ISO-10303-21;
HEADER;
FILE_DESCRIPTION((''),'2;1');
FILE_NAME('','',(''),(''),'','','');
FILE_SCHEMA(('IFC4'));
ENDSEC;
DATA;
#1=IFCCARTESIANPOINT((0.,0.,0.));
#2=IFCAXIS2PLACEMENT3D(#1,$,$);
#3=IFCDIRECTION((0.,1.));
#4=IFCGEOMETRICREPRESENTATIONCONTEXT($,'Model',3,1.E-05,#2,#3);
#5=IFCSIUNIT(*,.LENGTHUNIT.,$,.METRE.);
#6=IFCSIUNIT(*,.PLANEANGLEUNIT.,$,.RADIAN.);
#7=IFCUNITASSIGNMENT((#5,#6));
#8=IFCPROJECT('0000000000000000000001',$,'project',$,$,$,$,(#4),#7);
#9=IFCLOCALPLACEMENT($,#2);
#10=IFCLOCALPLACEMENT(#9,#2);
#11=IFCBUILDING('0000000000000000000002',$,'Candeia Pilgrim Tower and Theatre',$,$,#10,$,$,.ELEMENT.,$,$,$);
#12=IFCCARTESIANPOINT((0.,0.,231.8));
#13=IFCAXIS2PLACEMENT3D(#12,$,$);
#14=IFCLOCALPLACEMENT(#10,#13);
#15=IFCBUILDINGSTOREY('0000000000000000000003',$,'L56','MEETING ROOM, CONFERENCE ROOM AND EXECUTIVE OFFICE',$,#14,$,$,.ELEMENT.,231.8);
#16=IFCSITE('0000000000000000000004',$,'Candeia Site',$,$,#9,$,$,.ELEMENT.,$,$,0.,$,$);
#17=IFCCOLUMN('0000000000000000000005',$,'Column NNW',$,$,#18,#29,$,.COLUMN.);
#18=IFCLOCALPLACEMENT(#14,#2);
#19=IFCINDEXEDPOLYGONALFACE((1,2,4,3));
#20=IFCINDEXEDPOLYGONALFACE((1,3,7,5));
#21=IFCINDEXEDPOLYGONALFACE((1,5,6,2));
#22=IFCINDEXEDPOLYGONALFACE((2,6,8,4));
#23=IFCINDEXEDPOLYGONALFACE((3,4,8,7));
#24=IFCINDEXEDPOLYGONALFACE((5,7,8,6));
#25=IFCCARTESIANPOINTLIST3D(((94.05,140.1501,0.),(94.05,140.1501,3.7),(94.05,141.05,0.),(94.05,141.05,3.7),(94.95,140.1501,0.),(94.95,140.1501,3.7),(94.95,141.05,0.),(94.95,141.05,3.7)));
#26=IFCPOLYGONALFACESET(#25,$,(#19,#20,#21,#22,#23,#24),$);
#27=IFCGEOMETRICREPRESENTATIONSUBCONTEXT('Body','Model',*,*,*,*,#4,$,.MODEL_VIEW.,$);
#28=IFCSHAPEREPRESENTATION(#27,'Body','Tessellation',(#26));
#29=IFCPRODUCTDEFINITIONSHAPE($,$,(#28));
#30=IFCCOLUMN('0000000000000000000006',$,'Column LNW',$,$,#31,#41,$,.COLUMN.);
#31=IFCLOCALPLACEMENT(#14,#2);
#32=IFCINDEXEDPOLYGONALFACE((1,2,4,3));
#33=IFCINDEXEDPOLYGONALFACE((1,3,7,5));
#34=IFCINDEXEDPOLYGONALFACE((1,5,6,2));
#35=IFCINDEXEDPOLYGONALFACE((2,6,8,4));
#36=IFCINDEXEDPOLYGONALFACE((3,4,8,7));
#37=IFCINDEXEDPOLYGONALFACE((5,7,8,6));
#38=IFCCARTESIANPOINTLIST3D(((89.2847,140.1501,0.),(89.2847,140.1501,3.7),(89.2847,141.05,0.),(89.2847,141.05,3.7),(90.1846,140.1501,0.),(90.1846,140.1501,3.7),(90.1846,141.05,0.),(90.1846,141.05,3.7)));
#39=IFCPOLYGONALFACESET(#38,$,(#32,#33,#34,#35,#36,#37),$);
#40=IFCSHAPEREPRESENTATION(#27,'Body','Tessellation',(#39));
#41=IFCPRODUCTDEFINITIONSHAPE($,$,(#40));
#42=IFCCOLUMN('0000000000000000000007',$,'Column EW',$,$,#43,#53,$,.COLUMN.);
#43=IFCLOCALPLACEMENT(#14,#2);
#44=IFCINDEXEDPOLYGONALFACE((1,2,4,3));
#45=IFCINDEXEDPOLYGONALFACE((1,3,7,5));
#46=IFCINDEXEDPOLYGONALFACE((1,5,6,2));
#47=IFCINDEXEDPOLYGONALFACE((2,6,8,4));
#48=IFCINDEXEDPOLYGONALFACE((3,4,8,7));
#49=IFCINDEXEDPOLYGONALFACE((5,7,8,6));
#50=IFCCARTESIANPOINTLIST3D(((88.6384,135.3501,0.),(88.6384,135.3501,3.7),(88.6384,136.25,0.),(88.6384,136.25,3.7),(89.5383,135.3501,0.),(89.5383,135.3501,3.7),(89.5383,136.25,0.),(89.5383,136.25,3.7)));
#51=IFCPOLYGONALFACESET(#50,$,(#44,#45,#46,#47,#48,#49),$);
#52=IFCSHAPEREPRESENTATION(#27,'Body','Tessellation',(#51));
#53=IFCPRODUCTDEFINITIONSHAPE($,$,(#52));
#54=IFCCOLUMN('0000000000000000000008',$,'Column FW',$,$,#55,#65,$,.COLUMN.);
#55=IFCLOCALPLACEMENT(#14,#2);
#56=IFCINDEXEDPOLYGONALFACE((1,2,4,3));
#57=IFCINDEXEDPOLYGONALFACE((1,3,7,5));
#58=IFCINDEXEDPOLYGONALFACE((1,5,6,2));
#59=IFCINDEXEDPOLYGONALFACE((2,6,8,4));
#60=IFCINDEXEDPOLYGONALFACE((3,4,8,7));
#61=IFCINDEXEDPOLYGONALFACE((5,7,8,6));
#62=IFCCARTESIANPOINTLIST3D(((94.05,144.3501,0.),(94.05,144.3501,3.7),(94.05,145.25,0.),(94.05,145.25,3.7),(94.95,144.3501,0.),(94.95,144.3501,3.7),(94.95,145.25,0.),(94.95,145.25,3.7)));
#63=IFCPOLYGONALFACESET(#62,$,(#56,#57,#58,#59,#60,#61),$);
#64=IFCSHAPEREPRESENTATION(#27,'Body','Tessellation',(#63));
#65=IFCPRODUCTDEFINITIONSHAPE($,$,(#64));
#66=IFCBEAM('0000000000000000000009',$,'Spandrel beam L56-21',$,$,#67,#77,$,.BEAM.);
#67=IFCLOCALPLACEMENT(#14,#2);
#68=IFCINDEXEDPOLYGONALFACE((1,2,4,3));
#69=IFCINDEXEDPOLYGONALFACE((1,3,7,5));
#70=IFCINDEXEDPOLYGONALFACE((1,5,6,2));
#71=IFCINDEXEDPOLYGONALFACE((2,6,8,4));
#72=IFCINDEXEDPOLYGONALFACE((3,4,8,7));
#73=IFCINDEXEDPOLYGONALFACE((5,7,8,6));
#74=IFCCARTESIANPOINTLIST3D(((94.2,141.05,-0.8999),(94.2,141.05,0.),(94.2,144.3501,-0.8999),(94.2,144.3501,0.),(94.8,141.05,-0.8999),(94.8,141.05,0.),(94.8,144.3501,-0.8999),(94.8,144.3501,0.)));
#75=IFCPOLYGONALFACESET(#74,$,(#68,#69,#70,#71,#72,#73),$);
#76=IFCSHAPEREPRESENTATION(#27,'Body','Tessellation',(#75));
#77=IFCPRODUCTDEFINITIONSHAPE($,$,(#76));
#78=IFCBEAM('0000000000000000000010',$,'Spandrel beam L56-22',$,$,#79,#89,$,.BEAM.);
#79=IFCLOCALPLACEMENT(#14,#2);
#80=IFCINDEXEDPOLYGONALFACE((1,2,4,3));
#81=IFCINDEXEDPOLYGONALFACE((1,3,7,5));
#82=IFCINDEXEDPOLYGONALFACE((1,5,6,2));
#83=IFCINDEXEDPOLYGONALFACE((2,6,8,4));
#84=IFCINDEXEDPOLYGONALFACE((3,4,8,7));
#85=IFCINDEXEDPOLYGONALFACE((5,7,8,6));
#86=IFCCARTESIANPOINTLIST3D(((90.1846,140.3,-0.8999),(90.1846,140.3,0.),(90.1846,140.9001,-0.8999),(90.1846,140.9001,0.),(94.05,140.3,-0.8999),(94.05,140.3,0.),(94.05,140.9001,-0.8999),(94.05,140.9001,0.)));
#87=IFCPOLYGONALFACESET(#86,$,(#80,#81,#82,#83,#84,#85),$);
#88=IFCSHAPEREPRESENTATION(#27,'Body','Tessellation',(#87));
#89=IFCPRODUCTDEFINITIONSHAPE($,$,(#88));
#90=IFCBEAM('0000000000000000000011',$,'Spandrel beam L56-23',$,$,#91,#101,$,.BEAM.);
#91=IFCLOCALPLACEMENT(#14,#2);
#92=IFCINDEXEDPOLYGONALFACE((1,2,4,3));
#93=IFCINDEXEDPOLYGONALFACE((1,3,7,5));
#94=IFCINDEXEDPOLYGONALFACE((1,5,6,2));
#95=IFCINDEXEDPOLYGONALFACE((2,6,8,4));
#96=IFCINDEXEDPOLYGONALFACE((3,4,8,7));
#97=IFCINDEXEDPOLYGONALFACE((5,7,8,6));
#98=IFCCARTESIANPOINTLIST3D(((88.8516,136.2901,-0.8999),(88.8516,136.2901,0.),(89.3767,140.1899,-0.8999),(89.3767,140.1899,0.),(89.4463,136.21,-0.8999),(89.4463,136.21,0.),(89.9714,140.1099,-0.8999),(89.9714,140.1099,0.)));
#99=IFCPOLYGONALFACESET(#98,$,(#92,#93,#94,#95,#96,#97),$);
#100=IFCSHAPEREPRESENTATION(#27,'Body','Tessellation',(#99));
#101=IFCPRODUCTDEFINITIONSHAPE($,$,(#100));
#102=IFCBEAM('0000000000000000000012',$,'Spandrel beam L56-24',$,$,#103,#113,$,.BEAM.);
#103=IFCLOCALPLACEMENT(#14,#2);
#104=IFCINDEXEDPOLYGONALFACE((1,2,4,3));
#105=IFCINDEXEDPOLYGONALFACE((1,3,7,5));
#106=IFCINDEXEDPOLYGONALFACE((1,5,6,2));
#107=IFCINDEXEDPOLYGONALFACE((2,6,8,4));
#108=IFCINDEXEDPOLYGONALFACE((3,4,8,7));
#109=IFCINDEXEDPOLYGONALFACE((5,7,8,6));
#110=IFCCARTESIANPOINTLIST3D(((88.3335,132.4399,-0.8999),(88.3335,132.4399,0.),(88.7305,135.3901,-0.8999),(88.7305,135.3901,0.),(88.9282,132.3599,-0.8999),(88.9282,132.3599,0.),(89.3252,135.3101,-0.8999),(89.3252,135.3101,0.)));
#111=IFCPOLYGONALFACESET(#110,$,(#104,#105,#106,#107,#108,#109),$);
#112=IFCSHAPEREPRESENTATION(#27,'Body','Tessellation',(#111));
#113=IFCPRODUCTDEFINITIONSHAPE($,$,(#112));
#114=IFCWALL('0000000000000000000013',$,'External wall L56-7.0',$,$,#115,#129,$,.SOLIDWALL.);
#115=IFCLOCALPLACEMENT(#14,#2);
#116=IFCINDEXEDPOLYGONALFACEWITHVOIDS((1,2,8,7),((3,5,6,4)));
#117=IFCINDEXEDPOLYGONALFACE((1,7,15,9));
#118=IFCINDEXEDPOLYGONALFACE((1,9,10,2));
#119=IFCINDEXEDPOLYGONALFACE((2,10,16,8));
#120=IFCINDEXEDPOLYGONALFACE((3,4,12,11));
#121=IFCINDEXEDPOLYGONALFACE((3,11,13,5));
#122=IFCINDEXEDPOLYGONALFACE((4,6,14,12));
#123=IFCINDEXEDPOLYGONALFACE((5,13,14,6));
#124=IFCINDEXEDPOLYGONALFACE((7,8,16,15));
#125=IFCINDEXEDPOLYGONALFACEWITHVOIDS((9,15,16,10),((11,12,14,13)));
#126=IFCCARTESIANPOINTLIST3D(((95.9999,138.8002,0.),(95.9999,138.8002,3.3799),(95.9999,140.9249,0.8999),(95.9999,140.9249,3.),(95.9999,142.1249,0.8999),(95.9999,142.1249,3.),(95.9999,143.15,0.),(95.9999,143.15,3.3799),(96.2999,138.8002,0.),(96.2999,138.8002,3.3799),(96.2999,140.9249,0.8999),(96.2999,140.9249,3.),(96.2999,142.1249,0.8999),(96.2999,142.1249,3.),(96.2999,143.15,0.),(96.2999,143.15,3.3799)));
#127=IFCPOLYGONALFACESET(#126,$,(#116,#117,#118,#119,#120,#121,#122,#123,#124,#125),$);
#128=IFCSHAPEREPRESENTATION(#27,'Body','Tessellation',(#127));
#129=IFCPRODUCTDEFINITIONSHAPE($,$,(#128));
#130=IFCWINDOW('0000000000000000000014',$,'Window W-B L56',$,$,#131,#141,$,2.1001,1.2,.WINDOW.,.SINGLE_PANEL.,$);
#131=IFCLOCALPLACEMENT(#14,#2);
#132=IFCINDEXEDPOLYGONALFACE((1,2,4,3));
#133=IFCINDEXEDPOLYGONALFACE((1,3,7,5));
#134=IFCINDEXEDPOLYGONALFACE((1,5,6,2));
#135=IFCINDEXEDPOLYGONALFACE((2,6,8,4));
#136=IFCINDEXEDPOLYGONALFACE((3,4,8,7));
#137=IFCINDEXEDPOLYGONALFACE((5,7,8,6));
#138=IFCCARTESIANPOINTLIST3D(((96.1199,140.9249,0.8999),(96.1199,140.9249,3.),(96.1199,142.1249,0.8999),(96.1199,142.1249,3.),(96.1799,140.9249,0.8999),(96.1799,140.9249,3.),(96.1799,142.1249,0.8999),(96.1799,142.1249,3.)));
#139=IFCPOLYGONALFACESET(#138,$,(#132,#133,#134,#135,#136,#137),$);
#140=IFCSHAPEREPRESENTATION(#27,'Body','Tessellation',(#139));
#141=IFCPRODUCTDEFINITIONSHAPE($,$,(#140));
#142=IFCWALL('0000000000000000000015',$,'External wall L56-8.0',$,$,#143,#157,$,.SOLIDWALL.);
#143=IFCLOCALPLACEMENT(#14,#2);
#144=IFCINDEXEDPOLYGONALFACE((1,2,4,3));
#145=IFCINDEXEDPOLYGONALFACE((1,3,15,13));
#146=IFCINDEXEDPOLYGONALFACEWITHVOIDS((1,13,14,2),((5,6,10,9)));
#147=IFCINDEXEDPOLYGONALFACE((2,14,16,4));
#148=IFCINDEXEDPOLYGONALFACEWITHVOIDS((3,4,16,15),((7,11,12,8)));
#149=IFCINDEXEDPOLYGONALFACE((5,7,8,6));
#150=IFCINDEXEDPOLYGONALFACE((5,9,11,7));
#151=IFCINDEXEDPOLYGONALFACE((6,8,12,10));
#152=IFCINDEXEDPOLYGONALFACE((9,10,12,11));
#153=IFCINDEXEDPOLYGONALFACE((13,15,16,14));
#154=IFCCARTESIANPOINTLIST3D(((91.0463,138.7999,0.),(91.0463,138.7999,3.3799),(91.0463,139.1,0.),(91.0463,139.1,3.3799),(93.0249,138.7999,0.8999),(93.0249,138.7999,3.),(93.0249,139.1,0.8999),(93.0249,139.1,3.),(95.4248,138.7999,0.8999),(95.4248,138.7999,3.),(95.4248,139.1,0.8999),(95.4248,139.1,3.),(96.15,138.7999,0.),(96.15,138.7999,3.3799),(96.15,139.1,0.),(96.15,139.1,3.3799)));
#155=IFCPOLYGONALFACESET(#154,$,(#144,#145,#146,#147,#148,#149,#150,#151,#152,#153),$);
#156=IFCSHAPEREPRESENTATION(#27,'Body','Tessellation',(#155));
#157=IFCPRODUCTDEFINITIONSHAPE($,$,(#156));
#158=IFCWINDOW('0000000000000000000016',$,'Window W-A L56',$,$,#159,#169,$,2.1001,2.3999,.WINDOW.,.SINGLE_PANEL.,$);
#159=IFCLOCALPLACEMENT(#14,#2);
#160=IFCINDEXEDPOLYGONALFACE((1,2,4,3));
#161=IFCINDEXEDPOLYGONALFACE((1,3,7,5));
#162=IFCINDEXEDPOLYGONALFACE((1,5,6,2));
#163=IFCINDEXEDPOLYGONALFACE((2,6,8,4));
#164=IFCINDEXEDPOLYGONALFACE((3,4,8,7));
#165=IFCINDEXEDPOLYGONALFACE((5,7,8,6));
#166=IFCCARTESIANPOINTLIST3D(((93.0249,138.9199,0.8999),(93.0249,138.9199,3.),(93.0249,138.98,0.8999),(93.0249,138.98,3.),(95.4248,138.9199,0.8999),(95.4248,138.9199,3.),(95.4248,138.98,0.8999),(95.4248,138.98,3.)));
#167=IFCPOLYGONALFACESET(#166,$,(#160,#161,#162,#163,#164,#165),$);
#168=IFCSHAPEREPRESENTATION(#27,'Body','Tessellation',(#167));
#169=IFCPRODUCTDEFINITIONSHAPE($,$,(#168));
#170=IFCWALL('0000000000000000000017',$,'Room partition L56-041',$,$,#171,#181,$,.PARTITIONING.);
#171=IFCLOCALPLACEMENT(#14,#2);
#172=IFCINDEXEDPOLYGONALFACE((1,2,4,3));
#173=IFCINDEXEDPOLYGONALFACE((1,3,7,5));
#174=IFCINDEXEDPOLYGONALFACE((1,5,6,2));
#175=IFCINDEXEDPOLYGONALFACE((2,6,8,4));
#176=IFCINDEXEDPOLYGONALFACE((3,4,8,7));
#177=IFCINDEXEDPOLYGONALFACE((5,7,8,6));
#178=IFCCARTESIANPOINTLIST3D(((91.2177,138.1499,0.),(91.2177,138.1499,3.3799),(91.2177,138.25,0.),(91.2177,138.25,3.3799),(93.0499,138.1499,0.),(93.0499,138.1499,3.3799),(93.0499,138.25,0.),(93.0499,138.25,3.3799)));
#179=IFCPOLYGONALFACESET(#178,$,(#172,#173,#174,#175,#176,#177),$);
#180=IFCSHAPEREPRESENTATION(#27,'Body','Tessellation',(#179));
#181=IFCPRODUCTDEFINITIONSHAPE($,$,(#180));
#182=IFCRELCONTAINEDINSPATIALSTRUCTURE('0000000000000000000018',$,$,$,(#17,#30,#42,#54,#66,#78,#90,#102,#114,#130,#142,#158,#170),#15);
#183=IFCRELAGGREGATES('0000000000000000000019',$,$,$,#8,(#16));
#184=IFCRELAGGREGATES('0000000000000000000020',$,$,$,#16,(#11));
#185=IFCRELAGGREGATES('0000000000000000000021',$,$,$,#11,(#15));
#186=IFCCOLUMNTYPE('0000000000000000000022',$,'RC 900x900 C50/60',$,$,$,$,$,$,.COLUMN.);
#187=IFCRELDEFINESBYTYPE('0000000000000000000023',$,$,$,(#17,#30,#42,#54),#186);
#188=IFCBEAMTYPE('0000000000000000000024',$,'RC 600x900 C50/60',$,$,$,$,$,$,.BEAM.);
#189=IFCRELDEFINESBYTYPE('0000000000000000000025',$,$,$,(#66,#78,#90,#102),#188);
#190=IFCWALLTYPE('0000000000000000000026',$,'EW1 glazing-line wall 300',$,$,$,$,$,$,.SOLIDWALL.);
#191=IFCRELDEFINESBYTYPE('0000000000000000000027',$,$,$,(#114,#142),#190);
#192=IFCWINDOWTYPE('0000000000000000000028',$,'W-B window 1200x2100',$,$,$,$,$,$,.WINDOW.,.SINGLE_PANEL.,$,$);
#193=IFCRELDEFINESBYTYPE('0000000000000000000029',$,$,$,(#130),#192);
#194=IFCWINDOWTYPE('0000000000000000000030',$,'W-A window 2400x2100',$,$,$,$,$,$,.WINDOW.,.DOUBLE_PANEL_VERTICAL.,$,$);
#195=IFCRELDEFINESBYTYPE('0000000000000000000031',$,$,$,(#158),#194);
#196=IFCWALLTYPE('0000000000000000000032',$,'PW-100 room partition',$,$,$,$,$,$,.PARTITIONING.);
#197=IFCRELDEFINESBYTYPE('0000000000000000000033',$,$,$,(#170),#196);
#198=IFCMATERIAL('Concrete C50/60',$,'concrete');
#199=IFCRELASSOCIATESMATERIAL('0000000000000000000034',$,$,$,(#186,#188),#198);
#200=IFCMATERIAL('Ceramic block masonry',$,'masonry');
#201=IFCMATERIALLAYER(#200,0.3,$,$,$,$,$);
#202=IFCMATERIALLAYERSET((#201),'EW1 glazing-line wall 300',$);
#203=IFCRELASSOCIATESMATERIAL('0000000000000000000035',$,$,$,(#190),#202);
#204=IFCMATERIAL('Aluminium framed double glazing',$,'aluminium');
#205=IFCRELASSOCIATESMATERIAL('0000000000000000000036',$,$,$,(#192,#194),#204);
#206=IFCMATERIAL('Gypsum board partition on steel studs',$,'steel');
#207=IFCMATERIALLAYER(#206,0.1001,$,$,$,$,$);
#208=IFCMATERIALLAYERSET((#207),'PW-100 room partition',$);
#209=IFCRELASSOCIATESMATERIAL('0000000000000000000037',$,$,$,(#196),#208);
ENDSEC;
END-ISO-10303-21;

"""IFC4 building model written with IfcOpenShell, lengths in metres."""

from ifc_helpers import new_model, si_unit, direction, frame, frame_2d, origin, origin_2d, place, context, subcontext, project, spatial, rectangle, extrude, material, layer, layer_set, material_profile, profile_set, type_object, element, fill, save


model = new_model("IFC4")

# Units and contexts
model_context = context("Model", 3, precision=1e-05, world=origin(), true_north=direction((0.0, 1.0)))
body_context = subcontext(model_context, "Body", "Model", "MODEL_VIEW")
ifc_project = project(units=[si_unit("LENGTHUNIT", "METRE"), si_unit("PLANEANGLEUNIT", "RADIAN")], contexts=[model_context])

# Site, building, storey
site_placement = place(None, origin())
site = spatial("IfcSite", under=ifc_project, at=site_placement, Name="Candeia Site", CompositionType="ELEMENT", RefElevation=0.0)
building_placement = place(site_placement, origin())
building = spatial("IfcBuilding", under=site, at=building_placement, Name="Candeia Pilgrim Tower and Theatre", CompositionType="ELEMENT")
storey_placement = place(building_placement, frame((0.0, 0.0, 231.8)))
storey = spatial("IfcBuildingStorey", under=building, at=storey_placement, Name="L56", Description="MEETING ROOM, CONFERENCE ROOM AND EXECUTIVE OFFICE", CompositionType="ELEMENT", Elevation=231.8)

# Columns
ifc_material_1 = material(Name="Concrete C50/60", Category="concrete")
ifc_material_profile_1 = material_profile(ifc_material_1, rectangle(XDim=0.8999, YDim=0.8999, at=origin_2d()))
ifc_profile_set_1 = profile_set([ifc_material_profile_1], Name="Concrete C50/60")
column_type = type_object("IfcColumnType", Name="RC 900x900 C50/60", PredefinedType="COLUMN", material=ifc_profile_set_1)
for number, where, z_axis, x_axis, name in (
    (1, (94.5, 140.6001, 0.0), (0.0, 0.0, 1.0), (1.0, 0.0, 0.0), "Column NNW"),
    (2, (89.7346, 140.6001, 0.0), (0.0, 0.0, 1.0), (1.0, 0.0, 0.0), "Column LNW"),
    (3, (89.0884, 135.8, 0.0), (0.0, 0.0, 1.0), (1.0, 0.0, 0.0), "Column EW"),
    (4, (94.5, 144.8, 0.0), (0.0, 0.0, 1.0), (1.0, 0.0, 0.0), "Column FW"),
):
    element("IfcColumn", number, at=place(storey_placement, frame(where, z_axis=z_axis, x_axis=x_axis)), inside=storey, type_object=column_type, Name=name, PredefinedType="COLUMN", context=body_context, shape_type="SweptSolid", body=[
        extrude(rectangle(XDim=0.8999, YDim=0.8999, at=origin_2d()), origin(), (0.0, 0.0, 1.0), 3.7),
    ])

# Beams
ifc_material_profile_2 = material_profile(ifc_material_1, rectangle(XDim=0.6001, YDim=0.8999, at=origin_2d()))
ifc_profile_set_2 = profile_set([ifc_material_profile_2], Name="Concrete C50/60")
beam_type = type_object("IfcBeamType", Name="RC 600x900 C50/60", PredefinedType="BEAM", material=ifc_profile_set_2)
beam_1_placement = place(storey_placement, frame((94.5, 144.3501, -0.45), z_axis=(0.0, -1.0, 0.0), x_axis=(1.0, 0.0, 0.0)))
element("IfcBeam", 5, at=beam_1_placement, inside=storey, type_object=beam_type, Name="Spandrel beam L56-21", PredefinedType="BEAM", context=body_context, shape_type="SweptSolid", body=[
    extrude(rectangle(XDim=0.6001, YDim=0.8999, at=origin_2d()), origin(), (0.0, 0.0, 1.0), 3.3),
])
beam_2_placement = place(storey_placement, frame((94.05, 140.6001, -0.45), z_axis=(-1.0, 0.0, 0.0), x_axis=(0.0, -1.0, 0.0)))
element("IfcBeam", 6, at=beam_2_placement, inside=storey, type_object=beam_type, Name="Spandrel beam L56-22", PredefinedType="BEAM", context=body_context, shape_type="SweptSolid", body=[
    extrude(rectangle(XDim=0.6001, YDim=0.8999, at=origin_2d()), origin(), (0.0, 0.0, 1.0), 3.8655),
])
beam_3_placement = place(storey_placement, frame((89.6741, 140.1499, -0.45), z_axis=(-0.133452, -0.991055, 0.0), x_axis=(0.991055, -0.133452, 0.0)))
element("IfcBeam", 7, at=beam_3_placement, inside=storey, type_object=beam_type, Name="Spandrel beam L56-23", PredefinedType="BEAM", context=body_context, shape_type="SweptSolid", body=[
    extrude(rectangle(XDim=0.6001, YDim=0.8999, at=origin_2d()), origin(), (0.0, 0.0, 1.0), 3.9351),
])
beam_4_placement = place(storey_placement, frame((89.0278, 135.3501, -0.45), z_axis=(-0.133356, -0.991068, 0.0), x_axis=(0.991068, -0.133356, 0.0)))
element("IfcBeam", 8, at=beam_4_placement, inside=storey, type_object=beam_type, Name="Spandrel beam L56-24", PredefinedType="BEAM", context=body_context, shape_type="SweptSolid", body=[
    extrude(rectangle(XDim=0.6001, YDim=0.8999, at=origin_2d()), origin(), (0.0, 0.0, 1.0), 2.9768),
])

# Walls, openings, windows
ifc_material_2 = material(Name="Ceramic block masonry", Category="masonry")
ifc_layer_1 = layer(ifc_material_2, 0.3)
ifc_layer_set_1 = layer_set([ifc_layer_1], Name="EW1 glazing-line wall 300")
wall_type_1 = type_object("IfcWallType", Name="EW1 glazing-line wall 300", PredefinedType="SOLIDWALL", material=ifc_layer_set_1)
wall_1_placement = place(storey_placement, frame((96.1499, 143.1499, 0.0), z_axis=(0.0, 0.0, 1.0), x_axis=(0.0, -1.0, 0.0)))
wall_1 = element("IfcWall", 9, at=wall_1_placement, inside=storey, type_object=wall_type_1, Name="External wall L56-7.0", PredefinedType="SOLIDWALL", context=body_context, shape_type="SweptSolid", body=[
    extrude(rectangle(XDim=4.3499, YDim=0.3, at=frame_2d((2.1748, 0.0))), origin(), (0.0, 0.0, 1.0), 3.3799),
])
opening_1_placement = place(wall_1_placement, frame((1.0249, 0.0, 0.8999)))
opening_1 = element("IfcOpeningElement", 10, at=opening_1_placement, cuts=wall_1, PredefinedType="OPENING", context=body_context, shape_type="SweptSolid", body=[
    extrude(rectangle(XDim=1.2, YDim=2.1001, at=frame_2d((0.6001, 1.05))), frame((0.0, 0.1602, 0.0), z_axis=(0.0, -1.0, 0.0), x_axis=(1.0, 0.0, 0.0)), (0.0, 0.0, 1.0), 0.3201),
])
ifc_material_3 = material(Name="Aluminium framed double glazing", Category="aluminium")
window_type_1 = type_object("IfcWindowType", Name="W-B window 1200x2100", PartitioningType="SINGLE_PANEL", PredefinedType="WINDOW", material=ifc_material_3)
window_1_placement = place(opening_1_placement, origin())
window_1 = element("IfcWindow", 11, at=window_1_placement, inside=storey, type_object=window_type_1, Name="Window W-B L56", OverallHeight=2.1001, OverallWidth=1.2, PartitioningType="SINGLE_PANEL", PredefinedType="WINDOW", context=body_context, shape_type="SweptSolid", body=[
    extrude(rectangle(XDim=1.2, YDim=2.1001, at=frame_2d((0.6001, 1.05))), frame((0.0, 0.03, 0.0), z_axis=(0.0, -1.0, 0.0), x_axis=(1.0, 0.0, 0.0)), (0.0, 0.0, 1.0), 0.0601),
])
fill(opening_1, window_1)
wall_2_placement = place(storey_placement, frame((96.1499, 138.95, 0.0), z_axis=(0.0, 0.0, 1.0), x_axis=(-1.0, 0.0, 0.0)))
wall_2 = element("IfcWall", 12, at=wall_2_placement, inside=storey, type_object=wall_type_1, Name="External wall L56-8.0", PredefinedType="SOLIDWALL", context=body_context, shape_type="SweptSolid", body=[
    extrude(rectangle(XDim=5.1038, YDim=0.3, at=frame_2d((2.5518, 0.0))), origin(), (0.0, 0.0, 1.0), 3.3799),
])
opening_2_placement = place(wall_2_placement, frame((0.7251, 0.0, 0.8999)))
opening_2 = element("IfcOpeningElement", 13, at=opening_2_placement, cuts=wall_2, PredefinedType="OPENING", context=body_context, shape_type="SweptSolid", body=[
    extrude(rectangle(XDim=2.3999, YDim=2.1001, at=frame_2d((1.2, 1.05))), frame((0.0, 0.1602, 0.0), z_axis=(0.0, -1.0, 0.0), x_axis=(1.0, 0.0, 0.0)), (0.0, 0.0, 1.0), 0.3201),
])
window_type_2 = type_object("IfcWindowType", Name="W-A window 2400x2100", PartitioningType="DOUBLE_PANEL_VERTICAL", PredefinedType="WINDOW", material=ifc_material_3)
window_2_placement = place(opening_2_placement, origin())
window_2 = element("IfcWindow", 14, at=window_2_placement, inside=storey, type_object=window_type_2, Name="Window W-A L56", OverallHeight=2.1001, OverallWidth=2.3999, PartitioningType="SINGLE_PANEL", PredefinedType="WINDOW", context=body_context, shape_type="SweptSolid", body=[
    extrude(rectangle(XDim=2.3999, YDim=2.1001, at=frame_2d((1.2, 1.05))), frame((0.0, 0.03, 0.0), z_axis=(0.0, -1.0, 0.0), x_axis=(1.0, 0.0, 0.0)), (0.0, 0.0, 1.0), 0.0601),
])
fill(opening_2, window_2)

# Wall
ifc_material_4 = material(Name="Gypsum board partition on steel studs", Category="steel")
ifc_layer_2 = layer(ifc_material_4, 0.1001)
ifc_layer_set_2 = layer_set([ifc_layer_2], Name="PW-100 room partition")
wall_type_2 = type_object("IfcWallType", Name="PW-100 room partition", PredefinedType="PARTITIONING", material=ifc_layer_set_2)
wall_3_placement = place(storey_placement, frame((91.2178, 138.2, 0.0), z_axis=(0.0, 0.0, 1.0), x_axis=(1.0, 0.0, 0.0)))
element("IfcWall", 15, at=wall_3_placement, inside=storey, type_object=wall_type_2, Name="Room partition L56-041", PredefinedType="PARTITIONING", context=body_context, shape_type="SweptSolid", body=[
    extrude(rectangle(XDim=1.8323, YDim=0.1001, at=frame_2d((0.916, 0.0))), origin(), (0.0, 0.0, 1.0), 3.3799),
])

save(model, "model.ifc")
